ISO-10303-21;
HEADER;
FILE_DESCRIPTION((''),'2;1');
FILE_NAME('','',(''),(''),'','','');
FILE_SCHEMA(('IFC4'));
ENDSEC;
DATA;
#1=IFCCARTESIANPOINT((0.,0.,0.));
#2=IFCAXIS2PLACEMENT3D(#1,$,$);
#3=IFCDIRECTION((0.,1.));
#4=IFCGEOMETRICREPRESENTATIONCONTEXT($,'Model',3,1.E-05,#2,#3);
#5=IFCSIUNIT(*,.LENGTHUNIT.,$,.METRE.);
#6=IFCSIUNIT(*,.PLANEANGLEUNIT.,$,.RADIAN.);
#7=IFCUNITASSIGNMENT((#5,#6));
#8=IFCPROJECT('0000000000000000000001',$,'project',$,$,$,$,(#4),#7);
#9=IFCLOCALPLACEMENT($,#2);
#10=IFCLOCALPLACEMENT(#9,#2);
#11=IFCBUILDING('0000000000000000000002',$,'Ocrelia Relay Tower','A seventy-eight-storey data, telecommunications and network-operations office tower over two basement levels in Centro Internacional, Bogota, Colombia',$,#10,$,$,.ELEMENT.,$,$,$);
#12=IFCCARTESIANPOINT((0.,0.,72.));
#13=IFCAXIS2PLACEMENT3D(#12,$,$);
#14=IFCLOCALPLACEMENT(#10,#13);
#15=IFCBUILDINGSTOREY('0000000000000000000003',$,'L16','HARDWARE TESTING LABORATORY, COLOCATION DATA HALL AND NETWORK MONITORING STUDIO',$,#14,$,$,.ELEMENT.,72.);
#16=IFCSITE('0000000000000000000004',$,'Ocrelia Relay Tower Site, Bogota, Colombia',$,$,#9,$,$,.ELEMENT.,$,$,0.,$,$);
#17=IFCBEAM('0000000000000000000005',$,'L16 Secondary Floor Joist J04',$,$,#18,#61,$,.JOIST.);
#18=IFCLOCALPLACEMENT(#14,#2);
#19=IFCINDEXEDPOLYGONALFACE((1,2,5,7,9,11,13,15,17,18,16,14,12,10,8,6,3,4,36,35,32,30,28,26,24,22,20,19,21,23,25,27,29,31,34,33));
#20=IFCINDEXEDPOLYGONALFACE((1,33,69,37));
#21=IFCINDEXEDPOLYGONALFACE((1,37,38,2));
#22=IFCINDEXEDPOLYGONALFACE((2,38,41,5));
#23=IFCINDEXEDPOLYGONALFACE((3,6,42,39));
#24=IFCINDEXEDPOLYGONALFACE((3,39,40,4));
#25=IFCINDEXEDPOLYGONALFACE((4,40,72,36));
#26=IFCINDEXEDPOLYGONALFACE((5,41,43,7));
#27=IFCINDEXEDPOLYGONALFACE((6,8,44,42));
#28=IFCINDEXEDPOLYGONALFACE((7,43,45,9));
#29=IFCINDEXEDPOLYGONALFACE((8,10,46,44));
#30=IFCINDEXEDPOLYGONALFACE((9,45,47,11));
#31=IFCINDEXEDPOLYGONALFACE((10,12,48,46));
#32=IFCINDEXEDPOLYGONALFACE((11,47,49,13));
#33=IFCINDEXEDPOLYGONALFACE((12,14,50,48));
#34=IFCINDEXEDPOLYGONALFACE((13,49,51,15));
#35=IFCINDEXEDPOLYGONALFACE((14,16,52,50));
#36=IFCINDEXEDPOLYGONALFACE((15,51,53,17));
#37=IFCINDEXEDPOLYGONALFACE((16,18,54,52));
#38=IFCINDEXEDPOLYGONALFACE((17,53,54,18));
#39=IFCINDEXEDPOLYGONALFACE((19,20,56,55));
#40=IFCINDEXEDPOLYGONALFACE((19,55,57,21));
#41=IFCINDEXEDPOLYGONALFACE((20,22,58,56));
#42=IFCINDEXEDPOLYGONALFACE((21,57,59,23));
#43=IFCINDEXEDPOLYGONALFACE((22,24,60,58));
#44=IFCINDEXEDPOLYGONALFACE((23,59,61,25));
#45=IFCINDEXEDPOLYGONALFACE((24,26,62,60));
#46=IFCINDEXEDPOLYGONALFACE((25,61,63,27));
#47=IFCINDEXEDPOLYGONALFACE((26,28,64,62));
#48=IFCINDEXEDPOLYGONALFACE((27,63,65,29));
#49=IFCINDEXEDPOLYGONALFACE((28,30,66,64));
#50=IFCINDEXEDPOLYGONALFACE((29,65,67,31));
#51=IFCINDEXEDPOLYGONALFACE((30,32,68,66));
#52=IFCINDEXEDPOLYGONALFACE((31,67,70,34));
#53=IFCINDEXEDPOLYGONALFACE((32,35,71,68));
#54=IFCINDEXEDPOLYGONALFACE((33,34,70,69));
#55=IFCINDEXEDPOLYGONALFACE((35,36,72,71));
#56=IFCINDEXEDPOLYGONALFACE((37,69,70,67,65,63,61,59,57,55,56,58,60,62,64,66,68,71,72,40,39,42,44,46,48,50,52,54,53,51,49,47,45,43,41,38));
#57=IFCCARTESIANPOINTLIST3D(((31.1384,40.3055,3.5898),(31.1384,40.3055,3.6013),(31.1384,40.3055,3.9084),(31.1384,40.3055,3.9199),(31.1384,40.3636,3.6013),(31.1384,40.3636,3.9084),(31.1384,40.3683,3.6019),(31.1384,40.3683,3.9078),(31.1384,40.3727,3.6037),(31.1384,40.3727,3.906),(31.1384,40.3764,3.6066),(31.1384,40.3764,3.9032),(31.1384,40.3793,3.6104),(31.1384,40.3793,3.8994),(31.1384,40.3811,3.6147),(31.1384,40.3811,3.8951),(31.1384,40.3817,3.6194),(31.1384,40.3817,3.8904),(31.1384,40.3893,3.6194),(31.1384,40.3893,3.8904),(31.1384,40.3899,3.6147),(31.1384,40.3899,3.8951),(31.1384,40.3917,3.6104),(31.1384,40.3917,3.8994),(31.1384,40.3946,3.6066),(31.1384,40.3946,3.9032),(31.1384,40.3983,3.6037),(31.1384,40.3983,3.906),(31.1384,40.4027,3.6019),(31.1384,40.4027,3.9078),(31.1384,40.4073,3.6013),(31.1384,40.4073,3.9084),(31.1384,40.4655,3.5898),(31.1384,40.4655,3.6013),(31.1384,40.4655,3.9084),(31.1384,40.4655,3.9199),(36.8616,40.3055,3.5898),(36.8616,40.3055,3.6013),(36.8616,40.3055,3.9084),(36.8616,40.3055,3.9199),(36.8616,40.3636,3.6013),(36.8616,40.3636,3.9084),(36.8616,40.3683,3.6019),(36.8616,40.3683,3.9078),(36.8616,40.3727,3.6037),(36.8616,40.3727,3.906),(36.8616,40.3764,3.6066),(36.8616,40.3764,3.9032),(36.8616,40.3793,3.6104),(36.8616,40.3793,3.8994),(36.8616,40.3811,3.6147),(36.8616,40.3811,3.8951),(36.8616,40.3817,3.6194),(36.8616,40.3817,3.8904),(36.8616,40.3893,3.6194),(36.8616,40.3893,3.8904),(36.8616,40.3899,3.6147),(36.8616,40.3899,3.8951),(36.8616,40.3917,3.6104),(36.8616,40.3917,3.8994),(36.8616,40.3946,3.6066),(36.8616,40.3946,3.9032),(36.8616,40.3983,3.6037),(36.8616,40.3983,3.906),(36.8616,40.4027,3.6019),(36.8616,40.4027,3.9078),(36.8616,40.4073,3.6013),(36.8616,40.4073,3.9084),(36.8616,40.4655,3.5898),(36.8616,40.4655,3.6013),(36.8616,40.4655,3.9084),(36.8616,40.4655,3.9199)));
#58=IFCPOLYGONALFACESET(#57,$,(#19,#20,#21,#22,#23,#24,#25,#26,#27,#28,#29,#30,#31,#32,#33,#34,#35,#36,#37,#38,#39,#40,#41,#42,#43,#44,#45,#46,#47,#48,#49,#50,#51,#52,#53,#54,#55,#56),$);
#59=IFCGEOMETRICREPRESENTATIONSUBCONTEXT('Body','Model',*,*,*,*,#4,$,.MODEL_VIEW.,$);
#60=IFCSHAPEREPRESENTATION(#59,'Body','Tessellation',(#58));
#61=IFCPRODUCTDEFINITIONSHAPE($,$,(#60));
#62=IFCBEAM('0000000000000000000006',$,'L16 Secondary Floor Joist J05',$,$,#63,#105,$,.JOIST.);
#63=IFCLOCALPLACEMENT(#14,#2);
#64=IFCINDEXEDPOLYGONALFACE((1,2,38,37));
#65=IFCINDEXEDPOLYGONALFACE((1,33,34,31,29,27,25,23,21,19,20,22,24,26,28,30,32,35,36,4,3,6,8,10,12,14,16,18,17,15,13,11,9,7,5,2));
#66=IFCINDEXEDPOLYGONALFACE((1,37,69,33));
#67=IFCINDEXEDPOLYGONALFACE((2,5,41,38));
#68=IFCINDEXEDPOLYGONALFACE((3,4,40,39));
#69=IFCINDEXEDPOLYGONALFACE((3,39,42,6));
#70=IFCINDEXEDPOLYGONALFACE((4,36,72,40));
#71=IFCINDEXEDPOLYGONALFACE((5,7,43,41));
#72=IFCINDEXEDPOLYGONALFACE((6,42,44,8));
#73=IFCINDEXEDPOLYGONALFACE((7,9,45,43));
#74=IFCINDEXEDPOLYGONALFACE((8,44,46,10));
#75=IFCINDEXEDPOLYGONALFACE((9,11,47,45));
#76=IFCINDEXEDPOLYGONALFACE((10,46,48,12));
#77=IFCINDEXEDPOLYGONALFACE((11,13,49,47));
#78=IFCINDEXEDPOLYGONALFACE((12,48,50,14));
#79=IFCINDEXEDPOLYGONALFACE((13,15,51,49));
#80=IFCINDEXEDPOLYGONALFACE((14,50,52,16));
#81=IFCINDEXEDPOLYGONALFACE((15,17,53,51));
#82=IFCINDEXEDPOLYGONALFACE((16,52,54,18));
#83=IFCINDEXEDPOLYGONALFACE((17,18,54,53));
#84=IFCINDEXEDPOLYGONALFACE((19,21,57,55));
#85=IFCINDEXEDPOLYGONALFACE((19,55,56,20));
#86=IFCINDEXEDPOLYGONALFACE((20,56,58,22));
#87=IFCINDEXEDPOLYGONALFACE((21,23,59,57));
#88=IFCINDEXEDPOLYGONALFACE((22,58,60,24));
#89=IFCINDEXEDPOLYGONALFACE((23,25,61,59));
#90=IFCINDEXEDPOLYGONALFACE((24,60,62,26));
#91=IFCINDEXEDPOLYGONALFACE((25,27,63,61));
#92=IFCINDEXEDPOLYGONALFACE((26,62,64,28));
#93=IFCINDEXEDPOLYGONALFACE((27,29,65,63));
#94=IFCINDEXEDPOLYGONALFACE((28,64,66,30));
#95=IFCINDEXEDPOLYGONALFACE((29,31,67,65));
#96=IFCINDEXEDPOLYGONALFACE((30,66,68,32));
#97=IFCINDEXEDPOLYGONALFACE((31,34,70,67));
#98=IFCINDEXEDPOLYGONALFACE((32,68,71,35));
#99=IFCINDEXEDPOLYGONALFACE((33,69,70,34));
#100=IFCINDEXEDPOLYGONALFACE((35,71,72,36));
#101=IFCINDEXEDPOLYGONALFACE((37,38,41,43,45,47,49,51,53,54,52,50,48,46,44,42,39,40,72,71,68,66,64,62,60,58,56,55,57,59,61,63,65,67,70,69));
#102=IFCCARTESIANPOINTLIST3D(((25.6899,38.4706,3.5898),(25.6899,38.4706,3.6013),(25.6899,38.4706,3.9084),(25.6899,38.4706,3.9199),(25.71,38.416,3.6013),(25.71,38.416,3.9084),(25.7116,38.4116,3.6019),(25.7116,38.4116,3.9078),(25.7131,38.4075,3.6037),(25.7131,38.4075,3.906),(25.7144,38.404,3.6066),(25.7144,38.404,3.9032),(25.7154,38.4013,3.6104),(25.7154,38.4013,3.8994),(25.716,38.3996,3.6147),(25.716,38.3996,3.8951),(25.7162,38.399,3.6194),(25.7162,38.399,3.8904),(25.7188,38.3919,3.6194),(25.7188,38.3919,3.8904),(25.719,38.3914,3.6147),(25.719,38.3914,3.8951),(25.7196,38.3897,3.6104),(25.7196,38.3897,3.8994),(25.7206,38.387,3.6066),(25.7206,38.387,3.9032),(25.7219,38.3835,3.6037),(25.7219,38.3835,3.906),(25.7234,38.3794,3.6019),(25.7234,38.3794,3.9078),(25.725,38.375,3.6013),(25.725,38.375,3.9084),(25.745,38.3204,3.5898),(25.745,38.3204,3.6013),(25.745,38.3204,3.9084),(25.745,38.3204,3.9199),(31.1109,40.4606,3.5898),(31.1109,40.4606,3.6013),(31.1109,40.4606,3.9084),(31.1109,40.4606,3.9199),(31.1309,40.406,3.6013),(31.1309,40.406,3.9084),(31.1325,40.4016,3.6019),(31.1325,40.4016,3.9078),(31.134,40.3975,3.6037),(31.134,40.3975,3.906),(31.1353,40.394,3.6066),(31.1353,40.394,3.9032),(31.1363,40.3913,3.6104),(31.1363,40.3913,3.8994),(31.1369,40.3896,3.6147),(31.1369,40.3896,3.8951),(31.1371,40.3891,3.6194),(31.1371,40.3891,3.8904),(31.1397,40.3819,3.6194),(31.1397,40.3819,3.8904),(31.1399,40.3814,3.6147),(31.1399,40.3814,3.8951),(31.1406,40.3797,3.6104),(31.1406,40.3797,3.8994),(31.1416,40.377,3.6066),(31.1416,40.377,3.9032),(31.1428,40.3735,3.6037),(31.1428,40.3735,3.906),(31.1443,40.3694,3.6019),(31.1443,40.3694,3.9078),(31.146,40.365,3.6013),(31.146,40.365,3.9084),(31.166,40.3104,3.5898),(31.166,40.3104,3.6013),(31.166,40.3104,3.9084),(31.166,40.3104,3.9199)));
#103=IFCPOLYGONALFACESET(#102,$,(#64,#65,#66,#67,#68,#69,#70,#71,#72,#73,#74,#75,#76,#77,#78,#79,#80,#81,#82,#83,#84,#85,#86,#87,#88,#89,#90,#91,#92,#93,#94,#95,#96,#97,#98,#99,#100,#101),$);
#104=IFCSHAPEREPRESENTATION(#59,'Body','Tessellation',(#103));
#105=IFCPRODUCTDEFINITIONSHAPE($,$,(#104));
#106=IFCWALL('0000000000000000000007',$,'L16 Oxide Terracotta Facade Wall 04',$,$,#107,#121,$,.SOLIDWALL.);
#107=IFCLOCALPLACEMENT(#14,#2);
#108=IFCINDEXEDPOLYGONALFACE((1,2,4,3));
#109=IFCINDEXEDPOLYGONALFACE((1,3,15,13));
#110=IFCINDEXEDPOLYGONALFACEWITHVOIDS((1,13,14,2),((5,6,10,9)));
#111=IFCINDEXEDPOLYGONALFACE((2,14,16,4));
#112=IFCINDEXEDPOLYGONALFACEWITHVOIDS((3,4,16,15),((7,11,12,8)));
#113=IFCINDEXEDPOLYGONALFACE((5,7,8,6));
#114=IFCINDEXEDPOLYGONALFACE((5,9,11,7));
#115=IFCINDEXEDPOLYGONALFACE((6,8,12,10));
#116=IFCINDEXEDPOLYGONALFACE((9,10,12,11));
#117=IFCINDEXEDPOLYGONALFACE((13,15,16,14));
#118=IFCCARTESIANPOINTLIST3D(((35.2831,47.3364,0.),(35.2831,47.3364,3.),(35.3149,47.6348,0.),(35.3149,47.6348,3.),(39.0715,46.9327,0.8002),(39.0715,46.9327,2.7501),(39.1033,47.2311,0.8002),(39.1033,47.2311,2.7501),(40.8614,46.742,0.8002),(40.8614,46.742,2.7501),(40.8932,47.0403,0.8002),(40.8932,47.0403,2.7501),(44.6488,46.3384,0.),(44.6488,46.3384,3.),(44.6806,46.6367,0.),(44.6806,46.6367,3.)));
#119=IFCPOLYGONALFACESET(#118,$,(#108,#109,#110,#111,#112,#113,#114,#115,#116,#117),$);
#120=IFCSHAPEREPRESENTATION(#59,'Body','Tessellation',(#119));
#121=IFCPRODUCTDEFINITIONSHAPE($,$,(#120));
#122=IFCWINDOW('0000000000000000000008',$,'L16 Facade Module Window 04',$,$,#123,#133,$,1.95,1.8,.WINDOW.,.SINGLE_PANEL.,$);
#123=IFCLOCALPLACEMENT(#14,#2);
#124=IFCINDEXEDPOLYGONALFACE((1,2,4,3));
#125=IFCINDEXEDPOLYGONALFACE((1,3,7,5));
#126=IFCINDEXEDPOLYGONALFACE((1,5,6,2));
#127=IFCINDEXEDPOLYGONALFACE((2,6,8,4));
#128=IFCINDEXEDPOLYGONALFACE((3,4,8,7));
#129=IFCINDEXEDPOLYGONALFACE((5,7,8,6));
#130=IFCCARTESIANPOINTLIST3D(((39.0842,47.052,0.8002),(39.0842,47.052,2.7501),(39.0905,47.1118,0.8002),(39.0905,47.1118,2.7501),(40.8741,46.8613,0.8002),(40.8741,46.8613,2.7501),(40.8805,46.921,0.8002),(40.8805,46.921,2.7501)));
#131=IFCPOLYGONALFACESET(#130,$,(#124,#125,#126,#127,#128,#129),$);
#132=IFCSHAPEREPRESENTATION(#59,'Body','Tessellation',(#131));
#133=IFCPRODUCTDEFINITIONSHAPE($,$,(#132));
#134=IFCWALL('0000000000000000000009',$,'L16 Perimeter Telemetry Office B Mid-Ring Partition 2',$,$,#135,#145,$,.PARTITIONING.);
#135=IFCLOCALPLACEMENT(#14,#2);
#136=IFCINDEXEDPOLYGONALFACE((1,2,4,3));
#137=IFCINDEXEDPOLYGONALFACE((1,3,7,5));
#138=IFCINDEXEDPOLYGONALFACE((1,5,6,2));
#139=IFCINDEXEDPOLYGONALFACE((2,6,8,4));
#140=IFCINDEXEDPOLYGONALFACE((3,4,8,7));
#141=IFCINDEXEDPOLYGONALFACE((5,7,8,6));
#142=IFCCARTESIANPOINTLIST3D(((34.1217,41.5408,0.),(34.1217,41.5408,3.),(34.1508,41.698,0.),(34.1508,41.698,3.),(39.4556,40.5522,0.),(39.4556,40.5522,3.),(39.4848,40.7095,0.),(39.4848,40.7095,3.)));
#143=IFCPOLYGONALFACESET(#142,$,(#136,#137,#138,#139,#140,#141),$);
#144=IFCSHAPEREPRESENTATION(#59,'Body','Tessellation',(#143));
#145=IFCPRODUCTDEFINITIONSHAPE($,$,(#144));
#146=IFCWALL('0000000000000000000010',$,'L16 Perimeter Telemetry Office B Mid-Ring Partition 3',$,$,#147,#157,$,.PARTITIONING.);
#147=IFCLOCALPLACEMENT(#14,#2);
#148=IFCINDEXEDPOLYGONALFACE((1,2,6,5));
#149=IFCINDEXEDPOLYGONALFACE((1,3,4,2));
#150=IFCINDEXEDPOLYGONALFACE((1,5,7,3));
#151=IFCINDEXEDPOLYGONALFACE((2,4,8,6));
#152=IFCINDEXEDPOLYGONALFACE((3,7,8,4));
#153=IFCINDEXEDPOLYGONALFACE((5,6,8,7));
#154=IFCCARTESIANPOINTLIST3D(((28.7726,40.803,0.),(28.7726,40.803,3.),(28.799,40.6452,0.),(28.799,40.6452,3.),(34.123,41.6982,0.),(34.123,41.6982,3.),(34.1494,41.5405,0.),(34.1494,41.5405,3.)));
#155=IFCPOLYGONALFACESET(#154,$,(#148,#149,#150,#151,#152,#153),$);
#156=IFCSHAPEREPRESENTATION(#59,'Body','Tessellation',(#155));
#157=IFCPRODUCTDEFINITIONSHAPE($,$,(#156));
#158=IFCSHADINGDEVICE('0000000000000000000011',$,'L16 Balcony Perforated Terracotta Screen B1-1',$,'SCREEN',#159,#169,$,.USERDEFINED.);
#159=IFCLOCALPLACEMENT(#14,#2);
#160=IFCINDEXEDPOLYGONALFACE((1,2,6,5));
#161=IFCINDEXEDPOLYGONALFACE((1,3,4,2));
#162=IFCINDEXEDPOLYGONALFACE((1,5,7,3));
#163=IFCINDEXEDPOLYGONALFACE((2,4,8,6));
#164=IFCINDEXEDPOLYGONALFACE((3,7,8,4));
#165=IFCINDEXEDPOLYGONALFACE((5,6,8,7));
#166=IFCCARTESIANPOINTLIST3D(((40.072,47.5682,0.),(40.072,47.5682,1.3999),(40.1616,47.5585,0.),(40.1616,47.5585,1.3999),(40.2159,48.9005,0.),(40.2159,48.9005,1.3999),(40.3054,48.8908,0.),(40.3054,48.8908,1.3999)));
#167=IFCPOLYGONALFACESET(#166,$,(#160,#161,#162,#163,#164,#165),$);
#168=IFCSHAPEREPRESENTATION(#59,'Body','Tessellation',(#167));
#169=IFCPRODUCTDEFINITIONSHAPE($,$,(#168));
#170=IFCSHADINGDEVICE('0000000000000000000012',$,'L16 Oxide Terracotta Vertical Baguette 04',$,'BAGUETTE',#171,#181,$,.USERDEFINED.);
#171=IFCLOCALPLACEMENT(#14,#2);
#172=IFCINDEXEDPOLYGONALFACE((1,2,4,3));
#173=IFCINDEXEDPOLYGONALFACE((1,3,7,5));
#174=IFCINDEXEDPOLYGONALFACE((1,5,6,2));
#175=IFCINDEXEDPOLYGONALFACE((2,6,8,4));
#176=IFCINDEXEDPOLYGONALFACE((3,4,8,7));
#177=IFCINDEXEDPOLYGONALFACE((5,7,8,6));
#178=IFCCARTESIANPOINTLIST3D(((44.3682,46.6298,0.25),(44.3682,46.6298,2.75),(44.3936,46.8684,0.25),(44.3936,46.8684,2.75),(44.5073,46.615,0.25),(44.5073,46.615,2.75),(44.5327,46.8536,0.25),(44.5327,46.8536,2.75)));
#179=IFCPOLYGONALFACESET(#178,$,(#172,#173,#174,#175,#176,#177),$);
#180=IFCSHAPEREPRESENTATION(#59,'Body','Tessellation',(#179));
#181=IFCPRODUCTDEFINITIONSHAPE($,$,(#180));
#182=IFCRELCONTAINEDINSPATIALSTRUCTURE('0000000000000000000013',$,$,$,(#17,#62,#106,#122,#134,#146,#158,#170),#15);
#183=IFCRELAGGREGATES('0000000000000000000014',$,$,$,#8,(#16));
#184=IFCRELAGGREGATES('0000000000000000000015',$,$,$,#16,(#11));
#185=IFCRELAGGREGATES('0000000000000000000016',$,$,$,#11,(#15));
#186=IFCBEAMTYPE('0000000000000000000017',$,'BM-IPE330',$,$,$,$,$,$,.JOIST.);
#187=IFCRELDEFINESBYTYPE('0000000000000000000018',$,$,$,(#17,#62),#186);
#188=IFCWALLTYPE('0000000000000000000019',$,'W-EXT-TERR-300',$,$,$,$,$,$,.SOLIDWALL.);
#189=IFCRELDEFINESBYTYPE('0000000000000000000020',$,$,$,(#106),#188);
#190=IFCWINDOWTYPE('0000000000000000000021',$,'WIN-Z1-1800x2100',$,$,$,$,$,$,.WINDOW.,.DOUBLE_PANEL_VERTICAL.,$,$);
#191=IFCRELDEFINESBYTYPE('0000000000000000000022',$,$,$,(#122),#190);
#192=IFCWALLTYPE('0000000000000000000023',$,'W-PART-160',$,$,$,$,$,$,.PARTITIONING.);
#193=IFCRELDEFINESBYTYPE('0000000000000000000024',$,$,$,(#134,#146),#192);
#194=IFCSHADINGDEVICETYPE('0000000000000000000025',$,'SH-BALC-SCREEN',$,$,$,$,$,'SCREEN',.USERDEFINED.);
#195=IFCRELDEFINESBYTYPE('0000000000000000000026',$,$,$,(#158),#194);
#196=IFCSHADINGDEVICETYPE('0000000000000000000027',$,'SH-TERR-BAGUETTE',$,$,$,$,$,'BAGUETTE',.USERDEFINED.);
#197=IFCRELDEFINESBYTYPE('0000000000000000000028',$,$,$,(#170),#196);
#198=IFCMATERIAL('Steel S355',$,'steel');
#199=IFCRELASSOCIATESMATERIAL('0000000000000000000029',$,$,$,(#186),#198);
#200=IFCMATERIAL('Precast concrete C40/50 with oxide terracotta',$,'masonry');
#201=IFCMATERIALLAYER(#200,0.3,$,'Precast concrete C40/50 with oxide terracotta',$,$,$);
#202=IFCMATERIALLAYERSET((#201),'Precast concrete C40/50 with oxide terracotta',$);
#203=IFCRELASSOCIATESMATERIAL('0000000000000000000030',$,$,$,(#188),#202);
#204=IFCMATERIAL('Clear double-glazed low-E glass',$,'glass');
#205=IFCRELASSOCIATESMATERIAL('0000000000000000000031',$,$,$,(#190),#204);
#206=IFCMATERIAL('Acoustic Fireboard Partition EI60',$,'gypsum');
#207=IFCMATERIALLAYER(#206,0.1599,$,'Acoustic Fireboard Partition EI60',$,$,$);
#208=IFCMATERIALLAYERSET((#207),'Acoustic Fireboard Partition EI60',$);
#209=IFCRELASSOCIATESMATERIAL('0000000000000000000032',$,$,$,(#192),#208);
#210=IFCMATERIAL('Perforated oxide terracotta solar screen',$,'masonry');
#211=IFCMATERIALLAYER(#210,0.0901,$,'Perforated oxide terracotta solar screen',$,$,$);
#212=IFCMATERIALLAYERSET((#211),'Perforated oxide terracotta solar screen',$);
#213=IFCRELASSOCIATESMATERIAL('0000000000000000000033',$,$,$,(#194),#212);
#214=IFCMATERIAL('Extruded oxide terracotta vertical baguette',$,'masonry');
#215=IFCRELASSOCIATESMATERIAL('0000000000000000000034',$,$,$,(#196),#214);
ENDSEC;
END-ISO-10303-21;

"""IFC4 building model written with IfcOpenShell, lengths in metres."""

from ifc_helpers import new_model, si_unit, direction, frame, frame_2d, origin, origin_2d, place, context, subcontext, project, spatial, rectangle, i_section, extrude, material, layer, layer_set, material_profile, profile_set, type_object, element, fill, save


model = new_model("IFC4")

# Units and contexts
model_context = context("Model", 3, precision=1e-05, world=origin(), true_north=direction((0.0, 1.0)))
body_context = subcontext(model_context, "Body", "Model", "MODEL_VIEW")
ifc_project = project(units=[si_unit("LENGTHUNIT", "METRE"), si_unit("PLANEANGLEUNIT", "RADIAN")], contexts=[model_context])

# Site, building, storey
site_placement = place(None, origin())
site = spatial("IfcSite", under=ifc_project, at=site_placement, Name="Ocrelia Relay Tower Site, Bogota, Colombia", CompositionType="ELEMENT", RefElevation=0.0)
building_placement = place(site_placement, origin())
building = spatial("IfcBuilding", under=site, at=building_placement, Name="Ocrelia Relay Tower", Description="A seventy-eight-storey data, telecommunications and network-operations office tower over two basement levels in Centro Internacional, Bogota, Colombia", CompositionType="ELEMENT")
storey_placement = place(building_placement, frame((0.0, 0.0, 72.0)))
storey = spatial("IfcBuildingStorey", under=building, at=storey_placement, Name="L16", Description="HARDWARE TESTING LABORATORY, COLOCATION DATA HALL AND NETWORK MONITORING STUDIO", CompositionType="ELEMENT", Elevation=72.0)

# Beams
ifc_material_1 = material(Name="Steel S355", Category="steel")
ifc_material_profile_1 = material_profile(ifc_material_1, i_section(OverallWidth=0.1599, OverallDepth=0.3301, WebThickness=0.0076, FlangeThickness=0.0115, FilletRadius=0.0181, at=origin_2d()), Name="IPE 330")
ifc_profile_set_1 = profile_set([ifc_material_profile_1], Name="Steel S355")
beam_type_1 = type_object("IfcBeamType", Name="BM-IPE330", PredefinedType="JOIST", material=ifc_profile_set_1)
beam_1_placement = place(storey_placement, frame((36.8616, 40.3855, 3.7549), z_axis=(-1.0, 0.0, 0.0), x_axis=(0.0, -1.0, 0.0)))
element("IfcBeam", 1, at=beam_1_placement, inside=storey, type_object=beam_type_1, Name="L16 Secondary Floor Joist J04", PredefinedType="JOIST", context=body_context, shape_type="SweptSolid", body=[
    extrude(i_section(OverallWidth=0.1599, OverallDepth=0.3301, WebThickness=0.0076, FlangeThickness=0.0115, FilletRadius=0.0181, at=origin_2d()), origin(), (0.0, 0.0, 1.0), 5.7231),
])
beam_2_placement = place(storey_placement, frame((31.1384, 40.3855, 3.7549), z_axis=(-0.938746, -0.34461, 0.0), x_axis=(0.34461, -0.938746, 0.0)))
element("IfcBeam", 2, at=beam_2_placement, inside=storey, type_object=beam_type_1, Name="L16 Secondary Floor Joist J05", PredefinedType="JOIST", context=body_context, shape_type="SweptSolid", body=[
    extrude(i_section(OverallWidth=0.1599, OverallDepth=0.3301, WebThickness=0.0076, FlangeThickness=0.0115, FilletRadius=0.0181, at=origin_2d()), origin(), (0.0, 0.0, 1.0), 5.7747),
])

# Wall, opening, window
ifc_material_2 = material(Name="Precast concrete C40/50 with oxide terracotta", Category="masonry")
ifc_layer_1 = layer(ifc_material_2, 0.3, Name="Precast concrete C40/50 with oxide terracotta")
ifc_layer_set_1 = layer_set([ifc_layer_1], Name="Precast concrete C40/50 with oxide terracotta")
wall_type_1 = type_object("IfcWallType", Name="W-EXT-TERR-300", PredefinedType="SOLIDWALL", material=ifc_layer_set_1)
wall_1_placement = place(storey_placement, frame((44.6648, 46.4875, 0.0), z_axis=(0.0, 0.0, 1.0), x_axis=(-0.99437, 0.105964, 0.0)))
wall_1 = element("IfcWall", 3, at=wall_1_placement, inside=storey, type_object=wall_type_1, Name="L16 Oxide Terracotta Facade Wall 04", PredefinedType="SOLIDWALL", context=body_context, shape_type="SweptSolid", body=[
    extrude(rectangle(XDim=9.4187, YDim=0.3, at=frame_2d((4.7095, 0.0))), origin(), (0.0, 0.0, 1.0), 3.0),
])
opening_1_placement = place(wall_1_placement, frame((3.8091, 0.0, 0.8)))
opening_1 = element("IfcOpeningElement", 4, at=opening_1_placement, cuts=wall_1, PredefinedType="OPENING", context=body_context, shape_type="SweptSolid", body=[
    extrude(rectangle(XDim=1.8, YDim=1.95, at=frame_2d((0.8999, 0.9751))), frame((0.0, 0.1602, 0.0), z_axis=(0.0, -1.0, 0.0), x_axis=(1.0, 0.0, 0.0)), (0.0, 0.0, 1.0), 0.3201),
])
ifc_material_3 = material(Name="Clear double-glazed low-E glass", Category="glass")
window_type = type_object("IfcWindowType", Name="WIN-Z1-1800x2100", PartitioningType="DOUBLE_PANEL_VERTICAL", PredefinedType="WINDOW", material=ifc_material_3)
window_placement = place(opening_1_placement, origin())
window = element("IfcWindow", 5, at=window_placement, inside=storey, type_object=window_type, Name="L16 Facade Module Window 04", OverallHeight=1.95, OverallWidth=1.8, PartitioningType="SINGLE_PANEL", PredefinedType="WINDOW", context=body_context, shape_type="SweptSolid", body=[
    extrude(rectangle(XDim=1.8, YDim=1.95, at=frame_2d((0.8999, 0.9751))), frame((0.0, 0.03, 0.0), z_axis=(0.0, -1.0, 0.0), x_axis=(1.0, 0.0, 0.0)), (0.0, 0.0, 1.0), 0.0601),
])
fill(opening_1, window)

# Walls
ifc_material_4 = material(Name="Acoustic Fireboard Partition EI60", Category="gypsum")
ifc_layer_2 = layer(ifc_material_4, 0.1599, Name="Acoustic Fireboard Partition EI60")
ifc_layer_set_2 = layer_set([ifc_layer_2], Name="Acoustic Fireboard Partition EI60")
wall_type_2 = type_object("IfcWallType", Name="W-PART-160", PredefinedType="PARTITIONING", material=ifc_layer_set_2)
for number, where, z_axis, x_axis, name in (
    (6, (39.4702, 40.6309, 0.0), (0.0, 0.0, 1.0), (-0.983257, 0.182223, 0.0), "L16 Perimeter Telemetry Office B Mid-Ring Partition 2"),
    (7, (34.1362, 41.6194, 0.0), (0.0, 0.0, 1.0), (-0.986288, -0.165034, 0.0), "L16 Perimeter Telemetry Office B Mid-Ring Partition 3"),
):
    element("IfcWall", number, at=place(storey_placement, frame(where, z_axis=z_axis, x_axis=x_axis)), inside=storey, type_object=wall_type_2, Name=name, PredefinedType="PARTITIONING", context=body_context, shape_type="SweptSolid", body=[
        extrude(rectangle(XDim=5.4248, YDim=0.1599, at=frame_2d((2.7124, 0.0))), origin(), (0.0, 0.0, 1.0), 3.0),
    ])

# Shading devices
ifc_material_5 = material(Name="Perforated oxide terracotta solar screen", Category="masonry")
ifc_layer_3 = layer(ifc_material_5, 0.0901, Name="Perforated oxide terracotta solar screen")
ifc_layer_set_3 = layer_set([ifc_layer_3], Name="Perforated oxide terracotta solar screen")
shading_device_type_1 = type_object("IfcShadingDeviceType", Name="SH-BALC-SCREEN", ElementType="SCREEN", PredefinedType="USERDEFINED", material=ifc_layer_set_3)
shading_device_1_placement = place(storey_placement, frame((40.1887, 48.2295, 0.0), z_axis=(0.0, 0.0, 1.0), x_axis=(0.107359, 0.99422, 0.0)))
element("IfcShadingDevice", 8, at=shading_device_1_placement, inside=storey, type_object=shading_device_type_1, Name="L16 Balcony Perforated Terracotta Screen B1-1", ObjectType="SCREEN", PredefinedType="USERDEFINED", context=body_context, shape_type="SweptSolid", body=[
    extrude(rectangle(XDim=1.3401, YDim=0.0901, at=origin_2d()), origin(), (0.0, 0.0, 1.0), 1.3999),
])
ifc_material_6 = material(Name="Extruded oxide terracotta vertical baguette", Category="masonry")
shading_device_type_2 = type_object("IfcShadingDeviceType", Name="SH-TERR-BAGUETTE", ElementType="BAGUETTE", PredefinedType="USERDEFINED", material=ifc_material_6)
for number, where, z_axis, x_axis, name in (
    (9, (44.4504, 46.7417, 0.25), (0.0, 0.0, 1.0), (-0.99437, 0.105959, 0.0), "L16 Oxide Terracotta Vertical Baguette 04"),
):
    element("IfcShadingDevice", number, at=place(storey_placement, frame(where, z_axis=z_axis, x_axis=x_axis)), inside=storey, type_object=shading_device_type_2, Name=name, ObjectType="BAGUETTE", PredefinedType="USERDEFINED", context=body_context, shape_type="SweptSolid", body=[
        extrude(rectangle(XDim=0.1399, YDim=0.24, at=origin_2d()), origin(), (0.0, 0.0, 1.0), 2.5),
    ])

save(model, "model.ifc")
